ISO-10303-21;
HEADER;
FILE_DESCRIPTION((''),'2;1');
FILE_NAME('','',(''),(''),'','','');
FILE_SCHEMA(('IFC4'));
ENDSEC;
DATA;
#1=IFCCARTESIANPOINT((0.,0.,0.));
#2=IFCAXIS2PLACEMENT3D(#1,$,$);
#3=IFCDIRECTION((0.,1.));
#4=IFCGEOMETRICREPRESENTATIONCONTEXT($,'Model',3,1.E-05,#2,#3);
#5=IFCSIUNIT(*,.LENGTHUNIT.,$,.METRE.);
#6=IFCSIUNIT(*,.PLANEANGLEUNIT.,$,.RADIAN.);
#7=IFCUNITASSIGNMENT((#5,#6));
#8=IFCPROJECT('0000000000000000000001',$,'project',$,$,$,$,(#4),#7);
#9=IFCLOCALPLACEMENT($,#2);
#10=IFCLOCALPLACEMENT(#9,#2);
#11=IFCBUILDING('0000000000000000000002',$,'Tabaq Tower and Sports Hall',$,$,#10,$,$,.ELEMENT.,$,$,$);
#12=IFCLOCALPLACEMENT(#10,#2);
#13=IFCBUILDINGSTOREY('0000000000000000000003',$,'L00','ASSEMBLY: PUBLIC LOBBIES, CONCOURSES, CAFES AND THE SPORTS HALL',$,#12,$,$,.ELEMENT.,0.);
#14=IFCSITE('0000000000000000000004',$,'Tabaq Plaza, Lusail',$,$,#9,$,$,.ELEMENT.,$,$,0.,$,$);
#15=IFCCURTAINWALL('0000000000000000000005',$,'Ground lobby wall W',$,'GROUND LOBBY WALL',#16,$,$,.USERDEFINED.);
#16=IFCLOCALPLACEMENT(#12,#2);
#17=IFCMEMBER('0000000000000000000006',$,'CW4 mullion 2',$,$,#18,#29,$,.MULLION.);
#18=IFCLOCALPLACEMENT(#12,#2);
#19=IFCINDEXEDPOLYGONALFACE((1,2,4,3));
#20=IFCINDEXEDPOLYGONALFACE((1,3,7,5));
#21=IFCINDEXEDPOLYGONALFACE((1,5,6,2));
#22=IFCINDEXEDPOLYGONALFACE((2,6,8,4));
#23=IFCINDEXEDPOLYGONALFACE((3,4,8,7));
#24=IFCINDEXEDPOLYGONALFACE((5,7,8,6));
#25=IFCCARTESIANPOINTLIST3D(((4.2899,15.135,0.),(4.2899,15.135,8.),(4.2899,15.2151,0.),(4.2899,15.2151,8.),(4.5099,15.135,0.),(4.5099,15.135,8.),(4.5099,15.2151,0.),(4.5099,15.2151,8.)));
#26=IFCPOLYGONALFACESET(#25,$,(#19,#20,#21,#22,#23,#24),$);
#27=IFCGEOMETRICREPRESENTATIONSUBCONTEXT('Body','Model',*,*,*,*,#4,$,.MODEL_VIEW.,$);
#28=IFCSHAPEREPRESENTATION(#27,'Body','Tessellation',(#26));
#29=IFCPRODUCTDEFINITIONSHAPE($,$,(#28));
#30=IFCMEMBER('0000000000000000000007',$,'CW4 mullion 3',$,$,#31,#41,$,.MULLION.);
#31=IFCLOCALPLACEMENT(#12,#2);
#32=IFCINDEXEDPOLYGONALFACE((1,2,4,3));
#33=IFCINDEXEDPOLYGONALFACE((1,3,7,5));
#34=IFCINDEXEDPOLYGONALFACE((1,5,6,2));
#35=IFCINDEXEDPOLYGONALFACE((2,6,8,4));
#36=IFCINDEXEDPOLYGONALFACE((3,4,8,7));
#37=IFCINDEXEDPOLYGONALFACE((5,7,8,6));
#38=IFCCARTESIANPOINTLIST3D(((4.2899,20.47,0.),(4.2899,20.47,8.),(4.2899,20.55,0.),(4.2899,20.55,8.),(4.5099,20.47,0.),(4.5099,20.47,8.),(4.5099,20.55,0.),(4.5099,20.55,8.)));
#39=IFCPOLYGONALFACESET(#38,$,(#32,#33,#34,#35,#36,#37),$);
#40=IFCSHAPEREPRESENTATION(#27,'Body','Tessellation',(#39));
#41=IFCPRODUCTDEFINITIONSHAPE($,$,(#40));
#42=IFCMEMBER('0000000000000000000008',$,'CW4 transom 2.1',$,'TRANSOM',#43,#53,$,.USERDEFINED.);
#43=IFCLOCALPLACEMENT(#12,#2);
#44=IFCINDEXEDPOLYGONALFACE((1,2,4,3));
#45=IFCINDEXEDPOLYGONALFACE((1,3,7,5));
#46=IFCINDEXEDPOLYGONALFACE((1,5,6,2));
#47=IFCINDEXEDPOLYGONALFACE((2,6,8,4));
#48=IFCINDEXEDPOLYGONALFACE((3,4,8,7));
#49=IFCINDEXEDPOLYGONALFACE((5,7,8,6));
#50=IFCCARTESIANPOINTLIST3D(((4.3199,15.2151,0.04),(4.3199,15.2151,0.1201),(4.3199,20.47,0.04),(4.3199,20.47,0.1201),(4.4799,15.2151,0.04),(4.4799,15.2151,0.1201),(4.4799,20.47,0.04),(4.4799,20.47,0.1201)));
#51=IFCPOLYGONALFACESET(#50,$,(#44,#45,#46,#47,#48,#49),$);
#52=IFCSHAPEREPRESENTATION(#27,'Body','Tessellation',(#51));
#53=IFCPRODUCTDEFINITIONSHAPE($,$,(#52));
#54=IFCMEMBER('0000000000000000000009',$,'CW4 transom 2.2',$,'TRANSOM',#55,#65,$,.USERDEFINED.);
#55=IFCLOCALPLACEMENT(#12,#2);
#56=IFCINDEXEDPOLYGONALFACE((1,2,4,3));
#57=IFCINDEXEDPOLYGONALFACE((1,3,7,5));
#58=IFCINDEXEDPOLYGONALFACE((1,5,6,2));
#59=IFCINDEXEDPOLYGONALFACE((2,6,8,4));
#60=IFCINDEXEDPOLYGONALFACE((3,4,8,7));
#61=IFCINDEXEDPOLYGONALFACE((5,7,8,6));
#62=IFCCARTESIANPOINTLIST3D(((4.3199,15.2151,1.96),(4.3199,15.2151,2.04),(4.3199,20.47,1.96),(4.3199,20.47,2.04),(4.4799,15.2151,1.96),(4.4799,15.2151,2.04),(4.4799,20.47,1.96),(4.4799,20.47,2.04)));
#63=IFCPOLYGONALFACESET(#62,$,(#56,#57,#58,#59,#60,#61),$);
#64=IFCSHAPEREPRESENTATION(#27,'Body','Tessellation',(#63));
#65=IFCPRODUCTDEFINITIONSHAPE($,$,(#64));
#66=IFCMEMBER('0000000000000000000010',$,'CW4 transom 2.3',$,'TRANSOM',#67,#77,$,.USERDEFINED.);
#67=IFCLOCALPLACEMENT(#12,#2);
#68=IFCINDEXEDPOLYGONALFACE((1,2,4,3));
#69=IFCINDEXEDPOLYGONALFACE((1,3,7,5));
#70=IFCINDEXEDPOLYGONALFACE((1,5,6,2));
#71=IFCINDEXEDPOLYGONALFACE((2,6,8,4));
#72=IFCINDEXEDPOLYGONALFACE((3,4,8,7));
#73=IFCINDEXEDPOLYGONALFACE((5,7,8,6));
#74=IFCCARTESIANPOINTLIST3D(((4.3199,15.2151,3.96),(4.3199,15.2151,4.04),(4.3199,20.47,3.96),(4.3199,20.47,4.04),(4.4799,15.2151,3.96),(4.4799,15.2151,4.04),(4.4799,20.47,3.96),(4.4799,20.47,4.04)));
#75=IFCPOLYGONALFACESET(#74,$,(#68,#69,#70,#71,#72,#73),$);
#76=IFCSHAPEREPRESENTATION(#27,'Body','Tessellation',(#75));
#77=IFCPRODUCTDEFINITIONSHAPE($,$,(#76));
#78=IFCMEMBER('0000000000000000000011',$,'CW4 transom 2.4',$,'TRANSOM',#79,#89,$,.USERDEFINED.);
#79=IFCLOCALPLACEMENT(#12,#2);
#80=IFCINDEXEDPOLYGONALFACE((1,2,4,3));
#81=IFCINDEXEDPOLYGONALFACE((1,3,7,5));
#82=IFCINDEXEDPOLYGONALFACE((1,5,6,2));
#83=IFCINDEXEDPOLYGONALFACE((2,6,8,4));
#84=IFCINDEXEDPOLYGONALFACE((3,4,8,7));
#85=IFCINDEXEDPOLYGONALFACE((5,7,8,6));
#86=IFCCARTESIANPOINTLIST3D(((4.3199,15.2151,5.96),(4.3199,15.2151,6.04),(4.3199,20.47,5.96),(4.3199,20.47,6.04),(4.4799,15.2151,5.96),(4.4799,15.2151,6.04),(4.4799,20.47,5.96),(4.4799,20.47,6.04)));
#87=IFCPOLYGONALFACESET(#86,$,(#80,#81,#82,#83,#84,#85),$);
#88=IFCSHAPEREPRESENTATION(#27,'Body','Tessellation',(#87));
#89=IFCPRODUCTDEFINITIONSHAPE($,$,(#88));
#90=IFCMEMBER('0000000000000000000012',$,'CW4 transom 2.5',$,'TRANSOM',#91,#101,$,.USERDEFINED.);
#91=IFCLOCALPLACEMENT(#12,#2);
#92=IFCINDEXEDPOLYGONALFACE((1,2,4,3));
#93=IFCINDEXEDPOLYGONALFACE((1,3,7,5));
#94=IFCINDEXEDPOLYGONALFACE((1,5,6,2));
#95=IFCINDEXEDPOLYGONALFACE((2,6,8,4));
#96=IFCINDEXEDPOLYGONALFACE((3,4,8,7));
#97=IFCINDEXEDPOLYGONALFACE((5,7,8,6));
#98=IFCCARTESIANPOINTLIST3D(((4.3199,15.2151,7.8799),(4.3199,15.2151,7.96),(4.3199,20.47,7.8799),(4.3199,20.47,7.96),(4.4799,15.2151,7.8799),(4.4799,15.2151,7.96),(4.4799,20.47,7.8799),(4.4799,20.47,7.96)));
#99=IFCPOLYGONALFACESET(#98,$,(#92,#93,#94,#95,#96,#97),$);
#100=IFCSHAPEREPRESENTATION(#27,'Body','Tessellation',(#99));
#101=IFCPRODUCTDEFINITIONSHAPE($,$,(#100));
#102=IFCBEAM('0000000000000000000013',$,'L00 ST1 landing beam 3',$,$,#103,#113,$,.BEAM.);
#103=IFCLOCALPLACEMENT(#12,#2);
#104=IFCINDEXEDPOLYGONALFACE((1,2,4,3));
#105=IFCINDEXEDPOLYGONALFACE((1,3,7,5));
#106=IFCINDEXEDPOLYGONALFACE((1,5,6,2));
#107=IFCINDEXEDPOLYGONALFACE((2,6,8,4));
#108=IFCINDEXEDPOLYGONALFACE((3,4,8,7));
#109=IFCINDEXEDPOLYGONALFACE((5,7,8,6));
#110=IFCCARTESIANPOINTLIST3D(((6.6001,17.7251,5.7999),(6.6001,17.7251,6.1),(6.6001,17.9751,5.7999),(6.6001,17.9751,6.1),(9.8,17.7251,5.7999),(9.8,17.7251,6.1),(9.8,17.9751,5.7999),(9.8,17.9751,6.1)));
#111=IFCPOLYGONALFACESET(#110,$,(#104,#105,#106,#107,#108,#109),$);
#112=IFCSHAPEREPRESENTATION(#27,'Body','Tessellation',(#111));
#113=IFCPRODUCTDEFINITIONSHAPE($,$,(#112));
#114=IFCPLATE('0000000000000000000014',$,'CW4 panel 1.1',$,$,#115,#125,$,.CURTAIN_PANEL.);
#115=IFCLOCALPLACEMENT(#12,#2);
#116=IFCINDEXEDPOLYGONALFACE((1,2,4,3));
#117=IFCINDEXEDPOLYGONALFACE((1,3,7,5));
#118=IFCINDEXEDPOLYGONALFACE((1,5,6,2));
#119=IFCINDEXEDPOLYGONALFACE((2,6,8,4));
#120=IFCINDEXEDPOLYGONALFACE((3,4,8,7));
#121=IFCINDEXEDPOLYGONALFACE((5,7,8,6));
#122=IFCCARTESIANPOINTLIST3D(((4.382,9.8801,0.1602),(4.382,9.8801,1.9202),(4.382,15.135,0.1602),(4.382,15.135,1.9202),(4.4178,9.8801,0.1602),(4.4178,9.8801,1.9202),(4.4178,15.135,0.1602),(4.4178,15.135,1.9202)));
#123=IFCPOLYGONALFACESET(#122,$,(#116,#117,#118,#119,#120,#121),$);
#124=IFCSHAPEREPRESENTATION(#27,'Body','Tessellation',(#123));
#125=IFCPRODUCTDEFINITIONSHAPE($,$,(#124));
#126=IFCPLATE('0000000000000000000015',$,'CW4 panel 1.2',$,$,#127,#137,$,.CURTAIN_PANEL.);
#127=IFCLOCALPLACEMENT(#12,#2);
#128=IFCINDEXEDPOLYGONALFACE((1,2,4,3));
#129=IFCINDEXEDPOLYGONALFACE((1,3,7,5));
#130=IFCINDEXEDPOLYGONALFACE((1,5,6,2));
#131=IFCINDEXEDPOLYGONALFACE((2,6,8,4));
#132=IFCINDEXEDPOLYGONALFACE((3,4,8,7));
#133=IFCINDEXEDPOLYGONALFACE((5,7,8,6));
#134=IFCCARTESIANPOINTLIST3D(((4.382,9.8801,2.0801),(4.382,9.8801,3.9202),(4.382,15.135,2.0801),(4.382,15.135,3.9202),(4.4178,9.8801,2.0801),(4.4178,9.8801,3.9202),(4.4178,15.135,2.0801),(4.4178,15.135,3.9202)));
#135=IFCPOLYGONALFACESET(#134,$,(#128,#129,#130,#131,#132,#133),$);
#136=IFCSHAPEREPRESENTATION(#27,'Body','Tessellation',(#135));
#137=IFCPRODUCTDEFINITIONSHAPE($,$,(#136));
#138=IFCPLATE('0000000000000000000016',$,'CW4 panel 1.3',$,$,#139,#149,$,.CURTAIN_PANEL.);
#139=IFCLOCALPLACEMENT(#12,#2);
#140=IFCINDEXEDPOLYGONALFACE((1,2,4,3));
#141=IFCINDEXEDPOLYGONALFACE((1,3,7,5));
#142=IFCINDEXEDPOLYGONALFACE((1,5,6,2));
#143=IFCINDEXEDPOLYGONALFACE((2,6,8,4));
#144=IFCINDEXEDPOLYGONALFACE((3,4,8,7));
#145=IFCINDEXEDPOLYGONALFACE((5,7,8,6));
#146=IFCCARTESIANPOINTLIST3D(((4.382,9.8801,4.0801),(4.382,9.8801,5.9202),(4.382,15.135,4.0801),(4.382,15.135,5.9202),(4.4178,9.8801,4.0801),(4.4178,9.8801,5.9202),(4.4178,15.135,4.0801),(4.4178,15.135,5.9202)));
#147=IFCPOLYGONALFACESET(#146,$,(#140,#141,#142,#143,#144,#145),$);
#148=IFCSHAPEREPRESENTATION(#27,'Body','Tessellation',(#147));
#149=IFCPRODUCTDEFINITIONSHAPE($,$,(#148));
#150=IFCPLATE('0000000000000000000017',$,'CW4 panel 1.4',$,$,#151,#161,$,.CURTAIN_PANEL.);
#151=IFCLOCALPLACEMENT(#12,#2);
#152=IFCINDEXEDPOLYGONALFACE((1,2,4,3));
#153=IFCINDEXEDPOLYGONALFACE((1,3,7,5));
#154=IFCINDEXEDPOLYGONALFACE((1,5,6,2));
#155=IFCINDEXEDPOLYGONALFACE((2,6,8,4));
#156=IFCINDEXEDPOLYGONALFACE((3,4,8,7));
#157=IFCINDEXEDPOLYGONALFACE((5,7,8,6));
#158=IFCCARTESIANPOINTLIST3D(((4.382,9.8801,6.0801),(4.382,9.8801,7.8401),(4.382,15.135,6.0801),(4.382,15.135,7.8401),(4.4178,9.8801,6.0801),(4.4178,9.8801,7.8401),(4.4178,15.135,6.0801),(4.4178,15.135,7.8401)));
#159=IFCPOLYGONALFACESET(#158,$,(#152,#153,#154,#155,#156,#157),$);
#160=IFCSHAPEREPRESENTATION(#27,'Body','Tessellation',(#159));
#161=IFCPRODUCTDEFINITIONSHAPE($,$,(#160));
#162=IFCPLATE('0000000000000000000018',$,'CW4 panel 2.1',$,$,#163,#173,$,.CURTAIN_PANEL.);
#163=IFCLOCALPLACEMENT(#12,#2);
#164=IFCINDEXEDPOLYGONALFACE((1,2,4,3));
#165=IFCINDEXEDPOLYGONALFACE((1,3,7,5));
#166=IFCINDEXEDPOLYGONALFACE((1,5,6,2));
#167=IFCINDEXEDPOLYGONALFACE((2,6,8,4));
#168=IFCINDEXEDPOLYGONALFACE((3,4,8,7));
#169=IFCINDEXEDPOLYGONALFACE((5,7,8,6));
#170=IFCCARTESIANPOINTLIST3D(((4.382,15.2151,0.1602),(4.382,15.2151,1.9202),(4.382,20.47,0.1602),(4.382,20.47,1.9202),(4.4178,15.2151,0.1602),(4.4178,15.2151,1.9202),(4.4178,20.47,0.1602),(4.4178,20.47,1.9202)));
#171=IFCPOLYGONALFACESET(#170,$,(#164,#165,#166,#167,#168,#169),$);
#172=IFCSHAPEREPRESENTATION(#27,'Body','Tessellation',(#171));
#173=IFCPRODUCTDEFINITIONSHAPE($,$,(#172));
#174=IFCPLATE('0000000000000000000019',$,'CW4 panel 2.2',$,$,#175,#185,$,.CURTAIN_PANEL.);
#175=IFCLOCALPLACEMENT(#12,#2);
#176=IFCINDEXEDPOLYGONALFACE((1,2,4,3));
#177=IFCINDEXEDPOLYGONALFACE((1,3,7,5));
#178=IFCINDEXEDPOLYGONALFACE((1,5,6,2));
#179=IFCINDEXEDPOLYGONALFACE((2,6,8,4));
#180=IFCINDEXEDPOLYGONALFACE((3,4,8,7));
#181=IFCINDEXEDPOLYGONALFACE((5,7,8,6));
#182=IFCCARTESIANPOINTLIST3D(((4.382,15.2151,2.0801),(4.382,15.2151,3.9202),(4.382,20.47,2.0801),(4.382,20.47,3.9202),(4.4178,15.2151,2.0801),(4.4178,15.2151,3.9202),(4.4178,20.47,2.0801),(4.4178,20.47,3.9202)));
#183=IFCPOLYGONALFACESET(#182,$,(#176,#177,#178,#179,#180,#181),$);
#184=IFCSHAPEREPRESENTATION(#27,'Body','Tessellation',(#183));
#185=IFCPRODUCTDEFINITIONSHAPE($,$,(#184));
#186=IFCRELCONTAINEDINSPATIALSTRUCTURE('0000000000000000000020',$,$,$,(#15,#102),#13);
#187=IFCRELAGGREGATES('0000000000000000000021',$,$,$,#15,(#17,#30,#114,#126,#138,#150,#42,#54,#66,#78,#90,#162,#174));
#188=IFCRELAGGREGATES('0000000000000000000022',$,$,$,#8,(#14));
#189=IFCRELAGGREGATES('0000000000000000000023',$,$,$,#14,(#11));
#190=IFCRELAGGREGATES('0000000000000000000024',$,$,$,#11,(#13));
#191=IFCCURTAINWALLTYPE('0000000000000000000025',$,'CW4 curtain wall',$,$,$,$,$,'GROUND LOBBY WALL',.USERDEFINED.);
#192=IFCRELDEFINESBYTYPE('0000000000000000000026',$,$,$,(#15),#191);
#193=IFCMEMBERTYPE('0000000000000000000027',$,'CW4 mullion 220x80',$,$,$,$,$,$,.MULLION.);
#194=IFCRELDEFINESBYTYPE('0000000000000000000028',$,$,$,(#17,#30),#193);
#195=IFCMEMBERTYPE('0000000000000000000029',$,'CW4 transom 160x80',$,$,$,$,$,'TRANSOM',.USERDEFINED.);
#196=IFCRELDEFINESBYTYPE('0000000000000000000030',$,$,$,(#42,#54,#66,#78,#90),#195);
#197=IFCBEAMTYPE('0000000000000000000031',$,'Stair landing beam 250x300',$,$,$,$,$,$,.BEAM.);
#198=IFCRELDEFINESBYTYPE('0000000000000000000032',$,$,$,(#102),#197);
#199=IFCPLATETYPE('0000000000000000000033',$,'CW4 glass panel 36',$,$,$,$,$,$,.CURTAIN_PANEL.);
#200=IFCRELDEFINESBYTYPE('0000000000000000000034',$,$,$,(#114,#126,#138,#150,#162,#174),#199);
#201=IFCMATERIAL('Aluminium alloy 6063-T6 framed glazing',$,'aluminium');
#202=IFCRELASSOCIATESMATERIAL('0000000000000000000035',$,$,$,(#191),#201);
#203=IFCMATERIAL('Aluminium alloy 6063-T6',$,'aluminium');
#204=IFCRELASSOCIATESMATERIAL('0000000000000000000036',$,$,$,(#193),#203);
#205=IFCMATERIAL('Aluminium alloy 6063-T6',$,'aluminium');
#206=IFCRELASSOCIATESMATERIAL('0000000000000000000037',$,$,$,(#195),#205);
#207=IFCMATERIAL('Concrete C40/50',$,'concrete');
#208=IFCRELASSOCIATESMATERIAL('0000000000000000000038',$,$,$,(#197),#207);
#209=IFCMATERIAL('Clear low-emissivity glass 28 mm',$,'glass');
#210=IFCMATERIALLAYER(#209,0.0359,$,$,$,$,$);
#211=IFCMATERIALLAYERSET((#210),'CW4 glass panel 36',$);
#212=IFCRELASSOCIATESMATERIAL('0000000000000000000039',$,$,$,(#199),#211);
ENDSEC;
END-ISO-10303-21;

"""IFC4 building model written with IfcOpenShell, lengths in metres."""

from ifc_helpers import new_model, si_unit, direction, frame, origin, origin_2d, place, context, subcontext, project, spatial, rectangle, extrude, material, layer, layer_set, material_profile, profile_set, type_object, element, aggregate, save


model = new_model("IFC4")

# Units and contexts
model_context = context("Model", 3, precision=1e-05, world=origin(), true_north=direction((0.0, 1.0)))
body_context = subcontext(model_context, "Body", "Model", "MODEL_VIEW")
ifc_project = project(units=[si_unit("LENGTHUNIT", "METRE"), si_unit("PLANEANGLEUNIT", "RADIAN")], contexts=[model_context])

# Site, building, storey
site_placement = place(None, origin())
site = spatial("IfcSite", under=ifc_project, at=site_placement, Name="Tabaq Plaza, Lusail", CompositionType="ELEMENT", RefElevation=0.0)
building_placement = place(site_placement, origin())
building = spatial("IfcBuilding", under=site, at=building_placement, Name="Tabaq Tower and Sports Hall", CompositionType="ELEMENT")
storey_placement = place(building_placement, origin())
storey = spatial("IfcBuildingStorey", under=building, at=storey_placement, Name="L00", Description="ASSEMBLY: PUBLIC LOBBIES, CONCOURSES, CAFES AND THE SPORTS HALL", CompositionType="ELEMENT", Elevation=0.0)

# Curtain wall, members
ifc_material_1 = material(Name="Aluminium alloy 6063-T6 framed glazing", Category="aluminium")
curtain_wall_type = type_object("IfcCurtainWallType", Name="CW4 curtain wall", ElementType="GROUND LOBBY WALL", PredefinedType="USERDEFINED", material=ifc_material_1)
curtain_wall_placement = place(storey_placement, origin())
curtain_wall = element("IfcCurtainWall", 1, at=curtain_wall_placement, inside=storey, type_object=curtain_wall_type, Name="Ground lobby wall W", ObjectType="GROUND LOBBY WALL", PredefinedType="USERDEFINED")
ifc_material_2 = material(Name="Aluminium alloy 6063-T6", Category="aluminium")
ifc_material_profile_1 = material_profile(ifc_material_2, rectangle(XDim=0.22, YDim=0.0801, at=origin_2d()), Name="MULLION 220x80")
ifc_profile_set_1 = profile_set([ifc_material_profile_1], Name="Aluminium alloy 6063-T6")
member_type_1 = type_object("IfcMemberType", Name="CW4 mullion 220x80", PredefinedType="MULLION", material=ifc_profile_set_1)
member_1_placement = place(storey_placement, frame((4.3999, 15.175, 0.0), z_axis=(0.0, 0.0, 1.0), x_axis=(-1.0, 0.0, 0.0)))
member_1 = element("IfcMember", 2, at=member_1_placement, type_object=member_type_1, Name="CW4 mullion 2", PredefinedType="MULLION", context=body_context, shape_type="SweptSolid", body=[
    extrude(rectangle(XDim=0.22, YDim=0.0801, at=origin_2d()), origin(), (0.0, 0.0, 1.0), 8.0),
])
member_2_placement = place(storey_placement, frame((4.3999, 20.51, 0.0), z_axis=(0.0, 0.0, 1.0), x_axis=(-1.0, 0.0, 0.0)))
member_2 = element("IfcMember", 3, at=member_2_placement, type_object=member_type_1, Name="CW4 mullion 3", PredefinedType="MULLION", context=body_context, shape_type="SweptSolid", body=[
    extrude(rectangle(XDim=0.22, YDim=0.0801, at=origin_2d()), origin(), (0.0, 0.0, 1.0), 8.0),
])
ifc_material_3 = material(Name="Aluminium alloy 6063-T6", Category="aluminium")
ifc_material_profile_2 = material_profile(ifc_material_3, rectangle(XDim=0.1599, YDim=0.0801, at=origin_2d()), Name="TRANSOM 160x80")
ifc_profile_set_2 = profile_set([ifc_material_profile_2], Name="Aluminium alloy 6063-T6")
member_type_2 = type_object("IfcMemberType", Name="CW4 transom 160x80", ElementType="TRANSOM", PredefinedType="USERDEFINED", material=ifc_profile_set_2)
member_3_placement = place(storey_placement, frame((4.3999, 15.2151, 0.0801), z_axis=(0.0, 1.0, 0.0), x_axis=(-1.0, 0.0, 0.0)))
member_3 = element("IfcMember", 4, at=member_3_placement, type_object=member_type_2, Name="CW4 transom 2.1", ObjectType="TRANSOM", PredefinedType="USERDEFINED", context=body_context, shape_type="SweptSolid", body=[
    extrude(rectangle(XDim=0.1599, YDim=0.0801, at=origin_2d()), origin(), (0.0, 0.0, 1.0), 5.2549),
])
member_4_placement = place(storey_placement, frame((4.3999, 15.2151, 2.0), z_axis=(0.0, 1.0, 0.0), x_axis=(-1.0, 0.0, 0.0)))
member_4 = element("IfcMember", 5, at=member_4_placement, type_object=member_type_2, Name="CW4 transom 2.2", ObjectType="TRANSOM", PredefinedType="USERDEFINED", context=body_context, shape_type="SweptSolid", body=[
    extrude(rectangle(XDim=0.1599, YDim=0.0801, at=origin_2d()), origin(), (0.0, 0.0, 1.0), 5.2549),
])
member_5_placement = place(storey_placement, frame((4.3999, 15.2151, 4.0), z_axis=(0.0, 1.0, 0.0), x_axis=(-1.0, 0.0, 0.0)))
member_5 = element("IfcMember", 6, at=member_5_placement, type_object=member_type_2, Name="CW4 transom 2.3", ObjectType="TRANSOM", PredefinedType="USERDEFINED", context=body_context, shape_type="SweptSolid", body=[
    extrude(rectangle(XDim=0.1599, YDim=0.0801, at=origin_2d()), origin(), (0.0, 0.0, 1.0), 5.2549),
])
member_6_placement = place(storey_placement, frame((4.3999, 15.2151, 6.0), z_axis=(0.0, 1.0, 0.0), x_axis=(-1.0, 0.0, 0.0)))
member_6 = element("IfcMember", 7, at=member_6_placement, type_object=member_type_2, Name="CW4 transom 2.4", ObjectType="TRANSOM", PredefinedType="USERDEFINED", context=body_context, shape_type="SweptSolid", body=[
    extrude(rectangle(XDim=0.1599, YDim=0.0801, at=origin_2d()), origin(), (0.0, 0.0, 1.0), 5.2549),
])
member_7_placement = place(storey_placement, frame((4.3999, 15.2151, 7.9199), z_axis=(0.0, 1.0, 0.0), x_axis=(-1.0, 0.0, 0.0)))
member_7 = element("IfcMember", 8, at=member_7_placement, type_object=member_type_2, Name="CW4 transom 2.5", ObjectType="TRANSOM", PredefinedType="USERDEFINED", context=body_context, shape_type="SweptSolid", body=[
    extrude(rectangle(XDim=0.1599, YDim=0.0801, at=origin_2d()), origin(), (0.0, 0.0, 1.0), 5.2549),
])

# Beam
ifc_material_4 = material(Name="Concrete C40/50", Category="concrete")
ifc_material_profile_3 = material_profile(ifc_material_4, rectangle(XDim=0.25, YDim=0.3, at=origin_2d()), Name="RC 250x300")
ifc_profile_set_3 = profile_set([ifc_material_profile_3], Name="Concrete C40/50")
beam_type = type_object("IfcBeamType", Name="Stair landing beam 250x300", PredefinedType="BEAM", material=ifc_profile_set_3)
beam_placement = place(storey_placement, frame((6.6001, 17.8501, 5.95), z_axis=(1.0, 0.0, 0.0), x_axis=(0.0, 1.0, 0.0)))
element("IfcBeam", 9, at=beam_placement, inside=storey, type_object=beam_type, Name="L00 ST1 landing beam 3", PredefinedType="BEAM", context=body_context, shape_type="SweptSolid", body=[
    extrude(rectangle(XDim=0.25, YDim=0.3, at=origin_2d()), origin(), (0.0, 0.0, 1.0), 3.2),
])

# Plates
ifc_material_5 = material(Name="Clear low-emissivity glass 28 mm", Category="glass")
ifc_layer_1 = layer(ifc_material_5, 0.0359)
ifc_layer_set_1 = layer_set([ifc_layer_1], Name="CW4 glass panel 36")
plate_type = type_object("IfcPlateType", Name="CW4 glass panel 36", PredefinedType="CURTAIN_PANEL", material=ifc_layer_set_1)
plate_1_placement = place(storey_placement, frame((4.3999, 12.5076, 0.1602), z_axis=(0.0, 0.0, 1.0), x_axis=(0.0, 1.0, 0.0)))
plate_1 = element("IfcPlate", 10, at=plate_1_placement, type_object=plate_type, Name="CW4 panel 1.1", PredefinedType="CURTAIN_PANEL", context=body_context, shape_type="SweptSolid", body=[
    extrude(rectangle(XDim=5.2549, YDim=0.0359, at=origin_2d()), origin(), (0.0, 0.0, 1.0), 1.76),
])
plate_2_placement = place(storey_placement, frame((4.3999, 12.5076, 2.0801), z_axis=(0.0, 0.0, 1.0), x_axis=(0.0, 1.0, 0.0)))
plate_2 = element("IfcPlate", 11, at=plate_2_placement, type_object=plate_type, Name="CW4 panel 1.2", PredefinedType="CURTAIN_PANEL", context=body_context, shape_type="SweptSolid", body=[
    extrude(rectangle(XDim=5.2549, YDim=0.0359, at=origin_2d()), origin(), (0.0, 0.0, 1.0), 1.8401),
])
plate_3_placement = place(storey_placement, frame((4.3999, 12.5076, 4.0801), z_axis=(0.0, 0.0, 1.0), x_axis=(0.0, 1.0, 0.0)))
plate_3 = element("IfcPlate", 12, at=plate_3_placement, type_object=plate_type, Name="CW4 panel 1.3", PredefinedType="CURTAIN_PANEL", context=body_context, shape_type="SweptSolid", body=[
    extrude(rectangle(XDim=5.2549, YDim=0.0359, at=origin_2d()), origin(), (0.0, 0.0, 1.0), 1.8401),
])
plate_4_placement = place(storey_placement, frame((4.3999, 12.5076, 6.0801), z_axis=(0.0, 0.0, 1.0), x_axis=(0.0, 1.0, 0.0)))
plate_4 = element("IfcPlate", 13, at=plate_4_placement, type_object=plate_type, Name="CW4 panel 1.4", PredefinedType="CURTAIN_PANEL", context=body_context, shape_type="SweptSolid", body=[
    extrude(rectangle(XDim=5.2549, YDim=0.0359, at=origin_2d()), origin(), (0.0, 0.0, 1.0), 1.76),
])
plate_5_placement = place(storey_placement, frame((4.3999, 17.8425, 0.1602), z_axis=(0.0, 0.0, 1.0), x_axis=(0.0, 1.0, 0.0)))
plate_5 = element("IfcPlate", 14, at=plate_5_placement, type_object=plate_type, Name="CW4 panel 2.1", PredefinedType="CURTAIN_PANEL", context=body_context, shape_type="SweptSolid", body=[
    extrude(rectangle(XDim=5.2549, YDim=0.0359, at=origin_2d()), origin(), (0.0, 0.0, 1.0), 1.76),
])
plate_6_placement = place(storey_placement, frame((4.3999, 17.8425, 2.0801), z_axis=(0.0, 0.0, 1.0), x_axis=(0.0, 1.0, 0.0)))
plate_6 = element("IfcPlate", 15, at=plate_6_placement, type_object=plate_type, Name="CW4 panel 2.2", PredefinedType="CURTAIN_PANEL", context=body_context, shape_type="SweptSolid", body=[
    extrude(rectangle(XDim=5.2549, YDim=0.0359, at=origin_2d()), origin(), (0.0, 0.0, 1.0), 1.8401),
])
aggregate(curtain_wall, [member_1, member_2, plate_1, plate_2, plate_3, plate_4, member_3, member_4, member_5, member_6, member_7, plate_5, plate_6])

save(model, "model.ifc")
